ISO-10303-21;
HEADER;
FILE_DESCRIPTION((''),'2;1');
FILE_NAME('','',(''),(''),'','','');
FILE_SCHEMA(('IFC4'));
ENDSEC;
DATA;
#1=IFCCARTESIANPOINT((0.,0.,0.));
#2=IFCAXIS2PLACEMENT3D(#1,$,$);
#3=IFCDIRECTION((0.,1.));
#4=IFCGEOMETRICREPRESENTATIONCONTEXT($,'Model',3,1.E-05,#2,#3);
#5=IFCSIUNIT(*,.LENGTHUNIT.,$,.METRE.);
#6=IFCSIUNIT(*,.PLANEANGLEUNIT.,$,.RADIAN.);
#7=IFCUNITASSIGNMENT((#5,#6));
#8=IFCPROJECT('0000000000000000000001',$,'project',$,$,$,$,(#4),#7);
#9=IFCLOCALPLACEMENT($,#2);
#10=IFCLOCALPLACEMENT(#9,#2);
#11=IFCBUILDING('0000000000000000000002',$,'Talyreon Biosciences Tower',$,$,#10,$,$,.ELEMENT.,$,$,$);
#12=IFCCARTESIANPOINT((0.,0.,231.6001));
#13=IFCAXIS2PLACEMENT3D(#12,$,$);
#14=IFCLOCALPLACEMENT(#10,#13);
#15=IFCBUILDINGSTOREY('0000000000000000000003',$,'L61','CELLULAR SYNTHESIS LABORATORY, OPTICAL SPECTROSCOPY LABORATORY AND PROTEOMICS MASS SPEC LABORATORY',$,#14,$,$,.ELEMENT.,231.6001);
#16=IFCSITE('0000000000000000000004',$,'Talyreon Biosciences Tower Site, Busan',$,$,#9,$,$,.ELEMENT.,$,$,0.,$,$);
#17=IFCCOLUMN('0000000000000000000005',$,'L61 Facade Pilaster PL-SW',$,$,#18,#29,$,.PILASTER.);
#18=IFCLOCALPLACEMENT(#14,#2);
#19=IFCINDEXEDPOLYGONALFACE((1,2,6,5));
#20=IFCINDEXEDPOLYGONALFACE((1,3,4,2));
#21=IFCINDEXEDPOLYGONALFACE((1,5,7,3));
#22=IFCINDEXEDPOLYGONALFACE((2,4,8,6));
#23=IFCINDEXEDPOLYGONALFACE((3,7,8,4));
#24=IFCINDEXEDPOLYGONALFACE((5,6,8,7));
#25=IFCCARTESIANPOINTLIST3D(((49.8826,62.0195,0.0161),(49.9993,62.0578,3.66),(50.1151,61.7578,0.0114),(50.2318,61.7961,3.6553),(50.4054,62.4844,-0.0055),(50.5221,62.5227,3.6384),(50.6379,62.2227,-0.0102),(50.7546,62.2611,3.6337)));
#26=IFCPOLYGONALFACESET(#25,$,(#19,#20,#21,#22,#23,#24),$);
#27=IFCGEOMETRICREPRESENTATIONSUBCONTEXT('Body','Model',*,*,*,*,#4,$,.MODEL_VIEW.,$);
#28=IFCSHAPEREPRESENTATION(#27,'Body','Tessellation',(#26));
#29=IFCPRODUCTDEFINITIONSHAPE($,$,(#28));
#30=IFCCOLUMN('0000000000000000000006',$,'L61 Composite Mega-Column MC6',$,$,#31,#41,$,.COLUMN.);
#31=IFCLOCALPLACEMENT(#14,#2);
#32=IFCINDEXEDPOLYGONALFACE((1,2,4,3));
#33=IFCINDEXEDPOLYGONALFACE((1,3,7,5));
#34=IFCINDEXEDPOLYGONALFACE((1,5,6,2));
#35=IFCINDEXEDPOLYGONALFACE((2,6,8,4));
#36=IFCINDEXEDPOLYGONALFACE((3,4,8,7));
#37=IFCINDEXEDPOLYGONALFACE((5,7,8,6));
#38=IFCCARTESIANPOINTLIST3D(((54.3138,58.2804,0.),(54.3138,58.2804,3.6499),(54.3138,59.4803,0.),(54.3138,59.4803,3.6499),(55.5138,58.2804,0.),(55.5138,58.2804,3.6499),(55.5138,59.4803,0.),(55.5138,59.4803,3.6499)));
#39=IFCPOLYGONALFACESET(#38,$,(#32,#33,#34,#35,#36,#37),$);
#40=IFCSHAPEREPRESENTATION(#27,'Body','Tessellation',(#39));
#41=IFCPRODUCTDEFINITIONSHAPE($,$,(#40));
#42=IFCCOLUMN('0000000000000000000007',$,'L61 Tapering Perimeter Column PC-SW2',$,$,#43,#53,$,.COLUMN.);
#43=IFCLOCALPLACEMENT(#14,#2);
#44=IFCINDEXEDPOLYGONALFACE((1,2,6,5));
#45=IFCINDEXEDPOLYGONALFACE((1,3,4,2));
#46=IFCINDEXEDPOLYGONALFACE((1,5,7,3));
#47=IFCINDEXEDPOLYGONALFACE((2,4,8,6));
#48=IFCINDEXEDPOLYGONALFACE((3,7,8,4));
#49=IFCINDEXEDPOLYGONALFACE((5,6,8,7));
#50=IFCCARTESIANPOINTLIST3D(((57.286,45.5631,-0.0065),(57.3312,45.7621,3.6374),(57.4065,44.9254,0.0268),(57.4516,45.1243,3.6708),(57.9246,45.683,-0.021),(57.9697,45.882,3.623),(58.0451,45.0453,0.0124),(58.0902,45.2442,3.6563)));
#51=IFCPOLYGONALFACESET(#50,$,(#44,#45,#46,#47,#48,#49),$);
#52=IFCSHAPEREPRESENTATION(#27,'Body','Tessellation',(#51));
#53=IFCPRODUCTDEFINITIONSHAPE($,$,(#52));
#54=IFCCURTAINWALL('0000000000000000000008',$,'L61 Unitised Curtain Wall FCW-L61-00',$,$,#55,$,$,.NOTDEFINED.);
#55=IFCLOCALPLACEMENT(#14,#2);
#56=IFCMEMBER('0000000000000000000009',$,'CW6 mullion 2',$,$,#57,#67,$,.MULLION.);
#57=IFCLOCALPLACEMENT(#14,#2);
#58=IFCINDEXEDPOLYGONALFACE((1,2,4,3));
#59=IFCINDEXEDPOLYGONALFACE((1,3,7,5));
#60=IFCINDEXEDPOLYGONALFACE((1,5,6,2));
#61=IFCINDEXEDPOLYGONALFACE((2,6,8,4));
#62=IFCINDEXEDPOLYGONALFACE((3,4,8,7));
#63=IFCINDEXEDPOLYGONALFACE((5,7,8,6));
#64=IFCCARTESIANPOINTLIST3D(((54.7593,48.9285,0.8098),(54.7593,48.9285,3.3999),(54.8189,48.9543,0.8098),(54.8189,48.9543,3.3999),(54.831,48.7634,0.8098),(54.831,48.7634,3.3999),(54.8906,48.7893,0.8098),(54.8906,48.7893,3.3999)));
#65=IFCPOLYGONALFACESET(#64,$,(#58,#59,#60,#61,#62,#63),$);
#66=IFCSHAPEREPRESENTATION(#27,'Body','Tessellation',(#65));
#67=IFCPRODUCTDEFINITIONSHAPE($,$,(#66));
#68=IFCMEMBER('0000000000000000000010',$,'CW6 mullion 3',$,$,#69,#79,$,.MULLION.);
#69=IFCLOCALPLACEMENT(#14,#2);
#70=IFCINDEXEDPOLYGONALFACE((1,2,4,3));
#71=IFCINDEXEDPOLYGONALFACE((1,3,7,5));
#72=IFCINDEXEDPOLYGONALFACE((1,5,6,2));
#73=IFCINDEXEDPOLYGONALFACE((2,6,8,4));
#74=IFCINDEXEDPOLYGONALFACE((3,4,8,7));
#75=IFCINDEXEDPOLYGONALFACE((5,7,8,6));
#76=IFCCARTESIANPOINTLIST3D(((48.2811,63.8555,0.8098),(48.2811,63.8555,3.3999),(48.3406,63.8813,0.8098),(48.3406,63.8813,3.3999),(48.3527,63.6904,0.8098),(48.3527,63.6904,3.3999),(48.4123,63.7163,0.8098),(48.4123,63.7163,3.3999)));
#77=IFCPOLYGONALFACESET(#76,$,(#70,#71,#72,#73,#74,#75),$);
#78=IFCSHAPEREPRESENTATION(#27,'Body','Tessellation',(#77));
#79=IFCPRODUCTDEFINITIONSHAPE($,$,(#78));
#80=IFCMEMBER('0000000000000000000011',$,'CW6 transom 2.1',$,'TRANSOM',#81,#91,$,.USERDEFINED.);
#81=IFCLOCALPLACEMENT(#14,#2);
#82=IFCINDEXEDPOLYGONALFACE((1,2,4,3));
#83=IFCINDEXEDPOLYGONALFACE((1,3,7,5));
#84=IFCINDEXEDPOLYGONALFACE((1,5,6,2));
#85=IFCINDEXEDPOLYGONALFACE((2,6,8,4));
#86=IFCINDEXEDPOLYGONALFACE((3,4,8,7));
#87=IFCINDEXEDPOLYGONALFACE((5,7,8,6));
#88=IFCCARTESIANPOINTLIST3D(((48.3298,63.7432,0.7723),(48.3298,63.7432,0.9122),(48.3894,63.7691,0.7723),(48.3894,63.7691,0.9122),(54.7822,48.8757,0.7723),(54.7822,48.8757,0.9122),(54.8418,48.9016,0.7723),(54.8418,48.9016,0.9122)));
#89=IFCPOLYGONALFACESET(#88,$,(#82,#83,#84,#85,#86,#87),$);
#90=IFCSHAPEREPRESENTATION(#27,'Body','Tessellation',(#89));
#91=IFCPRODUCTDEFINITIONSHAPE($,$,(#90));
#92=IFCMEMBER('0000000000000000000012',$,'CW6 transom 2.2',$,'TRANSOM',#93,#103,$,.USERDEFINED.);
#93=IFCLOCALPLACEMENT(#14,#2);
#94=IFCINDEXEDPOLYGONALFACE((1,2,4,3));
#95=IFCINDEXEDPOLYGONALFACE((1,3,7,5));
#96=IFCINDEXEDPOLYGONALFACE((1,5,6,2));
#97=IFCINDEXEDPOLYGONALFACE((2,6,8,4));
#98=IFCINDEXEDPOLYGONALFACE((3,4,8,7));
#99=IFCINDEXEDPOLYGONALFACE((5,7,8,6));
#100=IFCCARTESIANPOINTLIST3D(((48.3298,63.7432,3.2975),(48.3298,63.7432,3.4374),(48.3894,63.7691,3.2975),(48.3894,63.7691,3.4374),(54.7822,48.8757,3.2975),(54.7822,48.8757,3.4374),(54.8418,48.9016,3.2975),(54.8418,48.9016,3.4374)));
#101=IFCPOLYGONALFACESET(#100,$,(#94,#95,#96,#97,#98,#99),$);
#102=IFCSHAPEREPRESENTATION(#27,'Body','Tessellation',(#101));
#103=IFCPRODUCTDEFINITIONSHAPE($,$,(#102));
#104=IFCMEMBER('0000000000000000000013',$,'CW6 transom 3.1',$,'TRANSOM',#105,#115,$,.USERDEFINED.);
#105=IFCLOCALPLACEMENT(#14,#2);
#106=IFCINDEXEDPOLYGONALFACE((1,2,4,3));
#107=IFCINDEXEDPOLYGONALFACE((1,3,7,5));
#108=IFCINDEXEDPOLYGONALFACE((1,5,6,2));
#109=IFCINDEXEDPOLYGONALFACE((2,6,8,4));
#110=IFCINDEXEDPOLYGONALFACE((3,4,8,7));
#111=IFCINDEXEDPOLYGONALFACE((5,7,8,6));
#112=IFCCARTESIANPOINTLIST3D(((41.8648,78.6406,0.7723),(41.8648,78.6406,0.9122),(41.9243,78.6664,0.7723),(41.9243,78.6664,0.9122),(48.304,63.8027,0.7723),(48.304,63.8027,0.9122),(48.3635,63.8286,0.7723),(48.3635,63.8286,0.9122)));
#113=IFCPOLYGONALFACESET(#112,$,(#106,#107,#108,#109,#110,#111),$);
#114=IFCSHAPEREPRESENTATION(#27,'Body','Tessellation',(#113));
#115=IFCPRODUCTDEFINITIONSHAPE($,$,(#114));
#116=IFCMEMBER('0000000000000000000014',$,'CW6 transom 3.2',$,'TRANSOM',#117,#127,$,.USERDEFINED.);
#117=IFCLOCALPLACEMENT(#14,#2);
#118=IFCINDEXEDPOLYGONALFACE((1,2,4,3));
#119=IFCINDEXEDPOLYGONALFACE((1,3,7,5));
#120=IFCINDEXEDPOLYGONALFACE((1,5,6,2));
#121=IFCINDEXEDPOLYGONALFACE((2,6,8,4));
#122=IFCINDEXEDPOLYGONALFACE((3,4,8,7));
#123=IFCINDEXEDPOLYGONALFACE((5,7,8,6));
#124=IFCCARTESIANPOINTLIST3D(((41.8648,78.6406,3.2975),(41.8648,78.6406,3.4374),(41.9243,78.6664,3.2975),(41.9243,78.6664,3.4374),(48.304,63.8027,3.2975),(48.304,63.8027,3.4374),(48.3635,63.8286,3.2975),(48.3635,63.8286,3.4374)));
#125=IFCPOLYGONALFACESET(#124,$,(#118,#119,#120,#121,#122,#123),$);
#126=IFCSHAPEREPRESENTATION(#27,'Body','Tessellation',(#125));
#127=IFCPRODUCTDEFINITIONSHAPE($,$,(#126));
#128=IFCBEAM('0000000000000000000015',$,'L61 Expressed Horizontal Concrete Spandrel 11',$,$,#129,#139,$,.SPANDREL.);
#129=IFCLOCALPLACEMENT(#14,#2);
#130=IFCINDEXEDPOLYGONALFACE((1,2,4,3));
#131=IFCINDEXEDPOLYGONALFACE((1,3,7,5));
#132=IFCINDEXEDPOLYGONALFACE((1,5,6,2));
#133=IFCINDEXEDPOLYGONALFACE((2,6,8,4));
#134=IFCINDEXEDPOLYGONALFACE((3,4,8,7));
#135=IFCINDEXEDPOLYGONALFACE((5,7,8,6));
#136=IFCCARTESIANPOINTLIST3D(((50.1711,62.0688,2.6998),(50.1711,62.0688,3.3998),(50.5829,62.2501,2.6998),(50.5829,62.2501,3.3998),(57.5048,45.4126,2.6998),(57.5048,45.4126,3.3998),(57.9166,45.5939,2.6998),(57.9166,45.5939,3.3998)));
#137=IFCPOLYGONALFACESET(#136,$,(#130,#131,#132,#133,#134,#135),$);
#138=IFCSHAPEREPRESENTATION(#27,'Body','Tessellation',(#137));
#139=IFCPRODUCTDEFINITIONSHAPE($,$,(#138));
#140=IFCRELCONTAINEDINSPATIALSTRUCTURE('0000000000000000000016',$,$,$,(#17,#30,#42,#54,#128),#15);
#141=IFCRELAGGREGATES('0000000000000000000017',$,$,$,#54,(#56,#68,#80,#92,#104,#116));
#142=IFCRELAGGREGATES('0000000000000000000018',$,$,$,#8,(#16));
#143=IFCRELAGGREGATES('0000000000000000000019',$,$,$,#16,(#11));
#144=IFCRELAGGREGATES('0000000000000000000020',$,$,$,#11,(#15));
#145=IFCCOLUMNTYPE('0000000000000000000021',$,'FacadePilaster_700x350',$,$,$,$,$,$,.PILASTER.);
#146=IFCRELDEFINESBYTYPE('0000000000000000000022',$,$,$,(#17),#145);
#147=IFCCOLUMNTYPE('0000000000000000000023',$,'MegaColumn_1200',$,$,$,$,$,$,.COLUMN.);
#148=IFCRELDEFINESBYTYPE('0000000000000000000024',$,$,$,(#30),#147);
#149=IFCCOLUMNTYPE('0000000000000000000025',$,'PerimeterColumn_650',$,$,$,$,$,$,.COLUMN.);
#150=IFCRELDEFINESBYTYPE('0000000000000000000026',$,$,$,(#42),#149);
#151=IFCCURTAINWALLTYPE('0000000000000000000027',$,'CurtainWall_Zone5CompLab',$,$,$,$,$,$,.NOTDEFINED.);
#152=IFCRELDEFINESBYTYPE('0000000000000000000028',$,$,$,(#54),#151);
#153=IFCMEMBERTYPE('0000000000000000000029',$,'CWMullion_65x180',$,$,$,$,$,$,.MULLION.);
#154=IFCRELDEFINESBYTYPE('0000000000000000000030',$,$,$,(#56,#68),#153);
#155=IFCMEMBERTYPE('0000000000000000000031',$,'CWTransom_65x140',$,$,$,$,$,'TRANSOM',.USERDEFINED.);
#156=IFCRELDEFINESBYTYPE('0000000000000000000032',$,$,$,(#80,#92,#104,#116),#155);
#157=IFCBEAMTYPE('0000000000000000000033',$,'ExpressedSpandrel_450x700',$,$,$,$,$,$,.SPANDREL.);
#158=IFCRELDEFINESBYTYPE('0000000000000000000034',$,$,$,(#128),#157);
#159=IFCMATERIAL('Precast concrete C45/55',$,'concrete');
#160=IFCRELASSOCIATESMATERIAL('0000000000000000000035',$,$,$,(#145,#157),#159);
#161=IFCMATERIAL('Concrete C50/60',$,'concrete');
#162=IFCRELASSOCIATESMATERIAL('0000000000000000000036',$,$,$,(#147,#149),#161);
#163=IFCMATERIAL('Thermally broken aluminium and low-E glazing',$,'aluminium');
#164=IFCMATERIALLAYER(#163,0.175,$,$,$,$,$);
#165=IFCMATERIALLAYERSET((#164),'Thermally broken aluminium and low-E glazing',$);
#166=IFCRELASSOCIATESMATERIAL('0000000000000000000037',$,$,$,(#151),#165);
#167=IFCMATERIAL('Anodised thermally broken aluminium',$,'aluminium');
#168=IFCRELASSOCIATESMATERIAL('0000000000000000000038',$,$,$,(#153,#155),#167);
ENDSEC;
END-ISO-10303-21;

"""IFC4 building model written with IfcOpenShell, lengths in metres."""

from ifc_helpers import new_model, si_unit, direction, frame, origin, origin_2d, place, context, subcontext, project, spatial, rectangle, extrude, material, layer, layer_set, material_profile, profile_set, type_object, element, aggregate, save


model = new_model("IFC4")

# Units and contexts
model_context = context("Model", 3, precision=1e-05, world=origin(), true_north=direction((0.0, 1.0)))
body_context = subcontext(model_context, "Body", "Model", "MODEL_VIEW")
ifc_project = project(units=[si_unit("LENGTHUNIT", "METRE"), si_unit("PLANEANGLEUNIT", "RADIAN")], contexts=[model_context])

# Site, building, storey
site_placement = place(None, origin())
site = spatial("IfcSite", under=ifc_project, at=site_placement, Name="Talyreon Biosciences Tower Site, Busan", CompositionType="ELEMENT", RefElevation=0.0)
building_placement = place(site_placement, origin())
building = spatial("IfcBuilding", under=site, at=building_placement, Name="Talyreon Biosciences Tower", CompositionType="ELEMENT")
storey_placement = place(building_placement, frame((0.0, 0.0, 231.6001)))
storey = spatial("IfcBuildingStorey", under=building, at=storey_placement, Name="L61", Description="CELLULAR SYNTHESIS LABORATORY, OPTICAL SPECTROSCOPY LABORATORY AND PROTEOMICS MASS SPEC LABORATORY", CompositionType="ELEMENT", Elevation=231.6001)

# Columns
ifc_material_1 = material(Name="Precast concrete C45/55", Category="concrete")
ifc_material_profile_1 = material_profile(ifc_material_1, rectangle(XDim=0.7, YDim=0.3501, at=origin_2d()), Name="RC 700x350")
ifc_profile_set_1 = profile_set([ifc_material_profile_1], Name="Precast concrete C45/55")
column_type_1 = type_object("IfcColumnType", Name="FacadePilaster_700x350", PredefinedType="PILASTER", material=ifc_profile_set_1)
column_1_placement = place(storey_placement, frame((50.2603, 62.1211, 0.0029), z_axis=(0.032006, 0.010513, 0.999432), x_axis=(0.746864, 0.664258, -0.030905)))
element("IfcColumn", 1, at=column_1_placement, inside=storey, type_object=column_type_1, Name="L61 Facade Pilaster PL-SW", PredefinedType="PILASTER", context=body_context, shape_type="SweptSolid", body=[
    extrude(rectangle(XDim=0.7, YDim=0.3501, at=origin_2d()), origin(), (0.0, 0.0, 1.0), 3.646),
])
ifc_material_2 = material(Name="Concrete C50/60", Category="concrete")
ifc_material_profile_2 = material_profile(ifc_material_2, rectangle(XDim=1.2, YDim=1.2, at=origin_2d()), Name="RC 1200x1200")
ifc_profile_set_2 = profile_set([ifc_material_profile_2], Name="Concrete C50/60")
column_type_2 = type_object("IfcColumnType", Name="MegaColumn_1200", PredefinedType="COLUMN", material=ifc_profile_set_2)
column_2_placement = place(storey_placement, frame((54.9138, 58.8804, 0.0), z_axis=(0.0, 0.0, 1.0), x_axis=(1.0, 0.0, 0.0)))
element("IfcColumn", 2, at=column_2_placement, inside=storey, type_object=column_type_2, Name="L61 Composite Mega-Column MC6", PredefinedType="COLUMN", context=body_context, shape_type="SweptSolid", body=[
    extrude(rectangle(XDim=1.2, YDim=1.2, at=origin_2d()), origin(), (0.0, 0.0, 1.0), 3.6499),
])
ifc_material_profile_3 = material_profile(ifc_material_2, rectangle(XDim=0.6499, YDim=0.6499, at=origin_2d()), Name="RC 650x650")
ifc_profile_set_3 = profile_set([ifc_material_profile_3], Name="Concrete C50/60")
column_type_3 = type_object("IfcColumnType", Name="PerimeterColumn_650", PredefinedType="COLUMN", material=ifc_profile_set_3)
column_3_placement = place(storey_placement, frame((57.6655, 45.3042, 0.0029), z_axis=(0.012375, 0.054517, 0.998436), x_axis=(-0.1854, 0.981324, -0.051285)))
element("IfcColumn", 3, at=column_3_placement, inside=storey, type_object=column_type_3, Name="L61 Tapering Perimeter Column PC-SW2", PredefinedType="COLUMN", context=body_context, shape_type="SweptSolid", body=[
    extrude(rectangle(XDim=0.6499, YDim=0.6499, at=origin_2d()), origin(), (0.0, 0.0, 1.0), 3.6497),
])

# Curtain wall, members
ifc_material_3 = material(Name="Thermally broken aluminium and low-E glazing", Category="aluminium")
ifc_layer_1 = layer(ifc_material_3, 0.175)
ifc_layer_set_1 = layer_set([ifc_layer_1], Name="Thermally broken aluminium and low-E glazing")
curtain_wall_type = type_object("IfcCurtainWallType", Name="CurtainWall_Zone5CompLab", PredefinedType="NOTDEFINED", material=ifc_layer_set_1)
curtain_wall_placement = place(storey_placement, origin())
curtain_wall = element("IfcCurtainWall", 4, at=curtain_wall_placement, inside=storey, type_object=curtain_wall_type, Name="L61 Unitised Curtain Wall FCW-L61-00", PredefinedType="NOTDEFINED")
ifc_material_4 = material(Name="Anodised thermally broken aluminium", Category="aluminium")
ifc_material_profile_4 = material_profile(ifc_material_4, rectangle(XDim=0.0649, YDim=0.1799, at=origin_2d()), Name="ALUM MULLION 65x180")
ifc_profile_set_4 = profile_set([ifc_material_profile_4], Name="Anodised thermally broken aluminium")
member_type_1 = type_object("IfcMemberType", Name="CWMullion_65x180", PredefinedType="MULLION", material=ifc_profile_set_4)
member_1_placement = place(storey_placement, frame((54.825, 48.8589, 0.8098), z_axis=(0.0, 0.0, 1.0), x_axis=(-0.917337, -0.398112, 0.0)))
member_1 = element("IfcMember", 5, at=member_1_placement, type_object=member_type_1, Name="CW6 mullion 2", PredefinedType="MULLION", context=body_context, shape_type="SweptSolid", body=[
    extrude(rectangle(XDim=0.0649, YDim=0.1799, at=origin_2d()), origin(), (0.0, 0.0, 1.0), 2.5901),
])
member_2_placement = place(storey_placement, frame((48.3467, 63.7859, 0.8098), z_axis=(0.0, 0.0, 1.0), x_axis=(-0.917337, -0.398112, 0.0)))
member_2 = element("IfcMember", 6, at=member_2_placement, type_object=member_type_1, Name="CW6 mullion 3", PredefinedType="MULLION", context=body_context, shape_type="SweptSolid", body=[
    extrude(rectangle(XDim=0.0649, YDim=0.1799, at=origin_2d()), origin(), (0.0, 0.0, 1.0), 2.5901),
])
ifc_material_profile_5 = material_profile(ifc_material_4, rectangle(XDim=0.0649, YDim=0.1399, at=origin_2d()), Name="ALUM TRANSOM 65x140")
ifc_profile_set_5 = profile_set([ifc_material_profile_5], Name="Anodised thermally broken aluminium")
member_type_2 = type_object("IfcMemberType", Name="CWTransom_65x140", ElementType="TRANSOM", PredefinedType="USERDEFINED", material=ifc_profile_set_5)
member_3_placement = place(storey_placement, frame((54.812, 48.8887, 0.8423), z_axis=(-0.398118, 0.917334, 0.0), x_axis=(-0.917334, -0.398118, 0.0)))
member_3 = element("IfcMember", 7, at=member_3_placement, type_object=member_type_2, Name="CW6 transom 2.1", ObjectType="TRANSOM", PredefinedType="USERDEFINED", context=body_context, shape_type="SweptSolid", body=[
    extrude(rectangle(XDim=0.0649, YDim=0.1399, at=origin_2d()), origin(), (0.0, 0.0, 1.0), 16.2073),
])
member_4_placement = place(storey_placement, frame((54.812, 48.8887, 3.3674), z_axis=(-0.398118, 0.917334, 0.0), x_axis=(-0.917334, -0.398118, 0.0)))
member_4 = element("IfcMember", 8, at=member_4_placement, type_object=member_type_2, Name="CW6 transom 2.2", ObjectType="TRANSOM", PredefinedType="USERDEFINED", context=body_context, shape_type="SweptSolid", body=[
    extrude(rectangle(XDim=0.0649, YDim=0.1399, at=origin_2d()), origin(), (0.0, 0.0, 1.0), 16.2073),
])
member_5_placement = place(storey_placement, frame((48.3337, 63.8157, 0.8423), z_axis=(-0.3981, 0.917342, 0.0), x_axis=(-0.917342, -0.3981, 0.0)))
member_5 = element("IfcMember", 9, at=member_5_placement, type_object=member_type_2, Name="CW6 transom 3.1", ObjectType="TRANSOM", PredefinedType="USERDEFINED", context=body_context, shape_type="SweptSolid", body=[
    extrude(rectangle(XDim=0.0649, YDim=0.1399, at=origin_2d()), origin(), (0.0, 0.0, 1.0), 16.1748),
])
member_6_placement = place(storey_placement, frame((48.3337, 63.8157, 3.3674), z_axis=(-0.3981, 0.917342, 0.0), x_axis=(-0.917342, -0.3981, 0.0)))
member_6 = element("IfcMember", 10, at=member_6_placement, type_object=member_type_2, Name="CW6 transom 3.2", ObjectType="TRANSOM", PredefinedType="USERDEFINED", context=body_context, shape_type="SweptSolid", body=[
    extrude(rectangle(XDim=0.0649, YDim=0.1399, at=origin_2d()), origin(), (0.0, 0.0, 1.0), 16.1748),
])

# Beam
ifc_material_profile_6 = material_profile(ifc_material_1, rectangle(XDim=0.45, YDim=0.7, at=origin_2d()), Name="RCB 450x700")
ifc_profile_set_6 = profile_set([ifc_material_profile_6], Name="Precast concrete C45/55")
beam_type_1 = type_object("IfcBeamType", Name="ExpressedSpandrel_450x700", PredefinedType="SPANDREL", material=ifc_profile_set_6)
beam_1_placement = place(storey_placement, frame((50.377, 62.1594, 3.0498), z_axis=(0.402968, -0.915214, 0.0), x_axis=(0.915214, 0.402968, 0.0)))
element("IfcBeam", 11, at=beam_1_placement, inside=storey, type_object=beam_type_1, Name="L61 Expressed Horizontal Concrete Spandrel 11", PredefinedType="SPANDREL", context=body_context, shape_type="SweptSolid", body=[
    extrude(rectangle(XDim=0.45, YDim=0.7, at=origin_2d()), origin(), (0.0, 0.0, 1.0), 18.1992),
])

aggregate(curtain_wall, [member_1, member_2, member_3, member_4, member_5, member_6])

save(model, "model.ifc")
